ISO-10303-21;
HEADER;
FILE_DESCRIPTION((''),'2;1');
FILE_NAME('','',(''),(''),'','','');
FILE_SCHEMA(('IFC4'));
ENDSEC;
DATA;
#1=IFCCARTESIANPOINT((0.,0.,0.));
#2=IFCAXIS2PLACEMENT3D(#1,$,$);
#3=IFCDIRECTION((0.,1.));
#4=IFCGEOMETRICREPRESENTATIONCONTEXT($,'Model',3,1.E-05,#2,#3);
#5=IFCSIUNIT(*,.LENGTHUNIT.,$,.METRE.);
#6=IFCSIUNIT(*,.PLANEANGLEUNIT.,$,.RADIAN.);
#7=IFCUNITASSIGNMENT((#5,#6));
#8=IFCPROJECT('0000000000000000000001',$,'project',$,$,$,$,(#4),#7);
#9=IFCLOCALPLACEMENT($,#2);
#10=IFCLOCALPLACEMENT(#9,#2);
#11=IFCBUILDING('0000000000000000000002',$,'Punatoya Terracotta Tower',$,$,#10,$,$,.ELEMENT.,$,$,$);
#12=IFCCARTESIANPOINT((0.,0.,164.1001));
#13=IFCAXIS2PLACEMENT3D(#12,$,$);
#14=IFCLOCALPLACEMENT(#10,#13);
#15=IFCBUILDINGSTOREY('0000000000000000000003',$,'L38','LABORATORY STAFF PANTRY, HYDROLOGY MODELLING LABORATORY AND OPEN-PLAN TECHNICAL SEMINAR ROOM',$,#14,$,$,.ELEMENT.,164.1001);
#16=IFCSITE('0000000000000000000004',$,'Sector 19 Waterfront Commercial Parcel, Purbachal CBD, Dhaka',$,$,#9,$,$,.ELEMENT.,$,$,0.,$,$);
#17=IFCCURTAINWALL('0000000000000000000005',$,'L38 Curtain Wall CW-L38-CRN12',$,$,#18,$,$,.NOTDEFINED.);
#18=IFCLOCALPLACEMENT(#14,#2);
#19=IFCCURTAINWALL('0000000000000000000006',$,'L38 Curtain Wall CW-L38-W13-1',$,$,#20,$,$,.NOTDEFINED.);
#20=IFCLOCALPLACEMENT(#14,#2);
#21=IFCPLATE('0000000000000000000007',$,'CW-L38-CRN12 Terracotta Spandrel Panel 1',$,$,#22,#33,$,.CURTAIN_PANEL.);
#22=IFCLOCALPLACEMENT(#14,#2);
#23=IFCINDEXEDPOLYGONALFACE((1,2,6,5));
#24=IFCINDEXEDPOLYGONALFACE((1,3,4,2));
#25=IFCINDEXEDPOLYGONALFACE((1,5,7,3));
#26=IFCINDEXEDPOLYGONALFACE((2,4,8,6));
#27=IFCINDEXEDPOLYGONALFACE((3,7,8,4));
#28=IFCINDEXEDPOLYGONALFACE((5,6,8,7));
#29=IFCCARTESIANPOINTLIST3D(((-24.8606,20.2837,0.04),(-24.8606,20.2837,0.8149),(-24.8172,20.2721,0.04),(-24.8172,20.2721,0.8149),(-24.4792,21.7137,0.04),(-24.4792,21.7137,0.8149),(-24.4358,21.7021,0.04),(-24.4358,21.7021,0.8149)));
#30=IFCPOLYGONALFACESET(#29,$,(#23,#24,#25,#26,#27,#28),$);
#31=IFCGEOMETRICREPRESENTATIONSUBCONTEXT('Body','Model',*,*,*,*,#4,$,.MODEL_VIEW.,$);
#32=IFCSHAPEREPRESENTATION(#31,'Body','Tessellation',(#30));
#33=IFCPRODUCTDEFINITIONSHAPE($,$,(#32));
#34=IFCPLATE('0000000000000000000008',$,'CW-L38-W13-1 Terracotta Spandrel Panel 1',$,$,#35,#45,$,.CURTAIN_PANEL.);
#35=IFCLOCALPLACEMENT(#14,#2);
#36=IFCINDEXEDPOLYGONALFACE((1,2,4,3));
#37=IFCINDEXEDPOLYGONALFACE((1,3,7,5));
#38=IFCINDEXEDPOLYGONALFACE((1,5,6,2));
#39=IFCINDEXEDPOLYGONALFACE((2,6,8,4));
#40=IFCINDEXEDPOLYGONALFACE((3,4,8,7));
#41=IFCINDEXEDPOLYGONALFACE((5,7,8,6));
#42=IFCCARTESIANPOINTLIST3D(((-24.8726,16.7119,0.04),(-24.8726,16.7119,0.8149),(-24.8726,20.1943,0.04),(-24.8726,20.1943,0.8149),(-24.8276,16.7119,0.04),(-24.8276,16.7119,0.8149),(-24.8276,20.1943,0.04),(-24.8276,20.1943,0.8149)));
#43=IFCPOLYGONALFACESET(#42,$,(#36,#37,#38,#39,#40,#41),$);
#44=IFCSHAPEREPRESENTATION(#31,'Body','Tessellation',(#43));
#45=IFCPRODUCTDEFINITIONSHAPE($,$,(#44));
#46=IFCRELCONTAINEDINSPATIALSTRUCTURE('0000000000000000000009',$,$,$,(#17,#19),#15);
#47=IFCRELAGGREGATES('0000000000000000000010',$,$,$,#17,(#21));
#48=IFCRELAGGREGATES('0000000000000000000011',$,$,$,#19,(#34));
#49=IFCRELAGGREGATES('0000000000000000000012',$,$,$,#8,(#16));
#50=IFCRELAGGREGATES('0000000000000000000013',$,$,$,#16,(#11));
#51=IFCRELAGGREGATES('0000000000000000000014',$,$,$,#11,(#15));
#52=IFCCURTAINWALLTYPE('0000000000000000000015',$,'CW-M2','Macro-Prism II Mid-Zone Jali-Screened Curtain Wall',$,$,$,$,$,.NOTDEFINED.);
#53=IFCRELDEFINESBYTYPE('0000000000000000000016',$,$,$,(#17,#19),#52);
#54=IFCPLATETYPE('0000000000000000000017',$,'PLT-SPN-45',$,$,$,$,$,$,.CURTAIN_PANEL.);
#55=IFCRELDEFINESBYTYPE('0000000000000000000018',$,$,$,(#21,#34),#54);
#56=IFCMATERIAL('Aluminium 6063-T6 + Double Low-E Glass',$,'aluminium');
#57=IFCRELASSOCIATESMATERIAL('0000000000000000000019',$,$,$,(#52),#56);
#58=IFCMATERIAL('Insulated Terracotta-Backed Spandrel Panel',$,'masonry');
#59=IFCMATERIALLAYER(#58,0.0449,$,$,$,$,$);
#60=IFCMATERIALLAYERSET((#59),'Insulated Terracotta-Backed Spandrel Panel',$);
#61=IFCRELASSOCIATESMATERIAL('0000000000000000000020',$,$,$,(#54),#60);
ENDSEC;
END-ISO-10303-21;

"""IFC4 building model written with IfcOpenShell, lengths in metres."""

from ifc_helpers import new_model, si_unit, direction, frame, origin, origin_2d, place, context, subcontext, project, spatial, rectangle, extrude, material, layer, layer_set, type_object, element, aggregate, save


model = new_model("IFC4")

# Units and contexts
model_context = context("Model", 3, precision=1e-05, world=origin(), true_north=direction((0.0, 1.0)))
body_context = subcontext(model_context, "Body", "Model", "MODEL_VIEW")
ifc_project = project(units=[si_unit("LENGTHUNIT", "METRE"), si_unit("PLANEANGLEUNIT", "RADIAN")], contexts=[model_context])

# Site, building, storey
site_placement = place(None, origin())
site = spatial("IfcSite", under=ifc_project, at=site_placement, Name="Sector 19 Waterfront Commercial Parcel, Purbachal CBD, Dhaka", CompositionType="ELEMENT", RefElevation=0.0)
building_placement = place(site_placement, origin())
building = spatial("IfcBuilding", under=site, at=building_placement, Name="Punatoya Terracotta Tower", CompositionType="ELEMENT")
storey_placement = place(building_placement, frame((0.0, 0.0, 164.1001)))
storey = spatial("IfcBuildingStorey", under=building, at=storey_placement, Name="L38", Description="LABORATORY STAFF PANTRY, HYDROLOGY MODELLING LABORATORY AND OPEN-PLAN TECHNICAL SEMINAR ROOM", CompositionType="ELEMENT", Elevation=164.1001)

# Curtain wall
ifc_material_1 = material(Name="Aluminium 6063-T6 + Double Low-E Glass", Category="aluminium")
curtain_wall_type = type_object("IfcCurtainWallType", Name="CW-M2", Description="Macro-Prism II Mid-Zone Jali-Screened Curtain Wall", PredefinedType="NOTDEFINED", material=ifc_material_1)
curtain_wall_1_placement = place(storey_placement, origin())
curtain_wall_1 = element("IfcCurtainWall", 1, at=curtain_wall_1_placement, inside=storey, type_object=curtain_wall_type, Name="L38 Curtain Wall CW-L38-CRN12", PredefinedType="NOTDEFINED")

# Curtain wall
curtain_wall_2_placement = place(storey_placement, origin())
curtain_wall_2 = element("IfcCurtainWall", 2, at=curtain_wall_2_placement, inside=storey, type_object=curtain_wall_type, Name="L38 Curtain Wall CW-L38-W13-1", PredefinedType="NOTDEFINED")

# Plates
ifc_material_2 = material(Name="Insulated Terracotta-Backed Spandrel Panel", Category="masonry")
ifc_layer_1 = layer(ifc_material_2, 0.0449)
ifc_layer_set_1 = layer_set([ifc_layer_1], Name="Insulated Terracotta-Backed Spandrel Panel")
plate_type_1 = type_object("IfcPlateType", Name="PLT-SPN-45", PredefinedType="CURTAIN_PANEL", material=ifc_layer_set_1)
plate_1_placement = place(storey_placement, frame((-24.6482, 20.9929, 0.04), z_axis=(0.0, 0.0, 1.0), x_axis=(-0.257742, -0.966214, 0.0)))
plate_1 = element("IfcPlate", 3, at=plate_1_placement, type_object=plate_type_1, Name="CW-L38-CRN12 Terracotta Spandrel Panel 1", PredefinedType="CURTAIN_PANEL", context=body_context, shape_type="SweptSolid", body=[
    extrude(rectangle(XDim=1.48, YDim=0.0449, at=origin_2d()), origin(), (0.0, 0.0, 1.0), 0.7749),
])
aggregate(curtain_wall_1, [plate_1])
plate_2_placement = place(storey_placement, frame((-24.8501, 18.4531, 0.04), z_axis=(0.0, 0.0, 1.0), x_axis=(0.0, -1.0, 0.0)))
plate_2 = element("IfcPlate", 4, at=plate_2_placement, type_object=plate_type_1, Name="CW-L38-W13-1 Terracotta Spandrel Panel 1", PredefinedType="CURTAIN_PANEL", context=body_context, shape_type="SweptSolid", body=[
    extrude(rectangle(XDim=3.4824, YDim=0.0449, at=origin_2d()), origin(), (0.0, 0.0, 1.0), 0.7749),
])
aggregate(curtain_wall_2, [plate_2])

save(model, "model.ifc")
